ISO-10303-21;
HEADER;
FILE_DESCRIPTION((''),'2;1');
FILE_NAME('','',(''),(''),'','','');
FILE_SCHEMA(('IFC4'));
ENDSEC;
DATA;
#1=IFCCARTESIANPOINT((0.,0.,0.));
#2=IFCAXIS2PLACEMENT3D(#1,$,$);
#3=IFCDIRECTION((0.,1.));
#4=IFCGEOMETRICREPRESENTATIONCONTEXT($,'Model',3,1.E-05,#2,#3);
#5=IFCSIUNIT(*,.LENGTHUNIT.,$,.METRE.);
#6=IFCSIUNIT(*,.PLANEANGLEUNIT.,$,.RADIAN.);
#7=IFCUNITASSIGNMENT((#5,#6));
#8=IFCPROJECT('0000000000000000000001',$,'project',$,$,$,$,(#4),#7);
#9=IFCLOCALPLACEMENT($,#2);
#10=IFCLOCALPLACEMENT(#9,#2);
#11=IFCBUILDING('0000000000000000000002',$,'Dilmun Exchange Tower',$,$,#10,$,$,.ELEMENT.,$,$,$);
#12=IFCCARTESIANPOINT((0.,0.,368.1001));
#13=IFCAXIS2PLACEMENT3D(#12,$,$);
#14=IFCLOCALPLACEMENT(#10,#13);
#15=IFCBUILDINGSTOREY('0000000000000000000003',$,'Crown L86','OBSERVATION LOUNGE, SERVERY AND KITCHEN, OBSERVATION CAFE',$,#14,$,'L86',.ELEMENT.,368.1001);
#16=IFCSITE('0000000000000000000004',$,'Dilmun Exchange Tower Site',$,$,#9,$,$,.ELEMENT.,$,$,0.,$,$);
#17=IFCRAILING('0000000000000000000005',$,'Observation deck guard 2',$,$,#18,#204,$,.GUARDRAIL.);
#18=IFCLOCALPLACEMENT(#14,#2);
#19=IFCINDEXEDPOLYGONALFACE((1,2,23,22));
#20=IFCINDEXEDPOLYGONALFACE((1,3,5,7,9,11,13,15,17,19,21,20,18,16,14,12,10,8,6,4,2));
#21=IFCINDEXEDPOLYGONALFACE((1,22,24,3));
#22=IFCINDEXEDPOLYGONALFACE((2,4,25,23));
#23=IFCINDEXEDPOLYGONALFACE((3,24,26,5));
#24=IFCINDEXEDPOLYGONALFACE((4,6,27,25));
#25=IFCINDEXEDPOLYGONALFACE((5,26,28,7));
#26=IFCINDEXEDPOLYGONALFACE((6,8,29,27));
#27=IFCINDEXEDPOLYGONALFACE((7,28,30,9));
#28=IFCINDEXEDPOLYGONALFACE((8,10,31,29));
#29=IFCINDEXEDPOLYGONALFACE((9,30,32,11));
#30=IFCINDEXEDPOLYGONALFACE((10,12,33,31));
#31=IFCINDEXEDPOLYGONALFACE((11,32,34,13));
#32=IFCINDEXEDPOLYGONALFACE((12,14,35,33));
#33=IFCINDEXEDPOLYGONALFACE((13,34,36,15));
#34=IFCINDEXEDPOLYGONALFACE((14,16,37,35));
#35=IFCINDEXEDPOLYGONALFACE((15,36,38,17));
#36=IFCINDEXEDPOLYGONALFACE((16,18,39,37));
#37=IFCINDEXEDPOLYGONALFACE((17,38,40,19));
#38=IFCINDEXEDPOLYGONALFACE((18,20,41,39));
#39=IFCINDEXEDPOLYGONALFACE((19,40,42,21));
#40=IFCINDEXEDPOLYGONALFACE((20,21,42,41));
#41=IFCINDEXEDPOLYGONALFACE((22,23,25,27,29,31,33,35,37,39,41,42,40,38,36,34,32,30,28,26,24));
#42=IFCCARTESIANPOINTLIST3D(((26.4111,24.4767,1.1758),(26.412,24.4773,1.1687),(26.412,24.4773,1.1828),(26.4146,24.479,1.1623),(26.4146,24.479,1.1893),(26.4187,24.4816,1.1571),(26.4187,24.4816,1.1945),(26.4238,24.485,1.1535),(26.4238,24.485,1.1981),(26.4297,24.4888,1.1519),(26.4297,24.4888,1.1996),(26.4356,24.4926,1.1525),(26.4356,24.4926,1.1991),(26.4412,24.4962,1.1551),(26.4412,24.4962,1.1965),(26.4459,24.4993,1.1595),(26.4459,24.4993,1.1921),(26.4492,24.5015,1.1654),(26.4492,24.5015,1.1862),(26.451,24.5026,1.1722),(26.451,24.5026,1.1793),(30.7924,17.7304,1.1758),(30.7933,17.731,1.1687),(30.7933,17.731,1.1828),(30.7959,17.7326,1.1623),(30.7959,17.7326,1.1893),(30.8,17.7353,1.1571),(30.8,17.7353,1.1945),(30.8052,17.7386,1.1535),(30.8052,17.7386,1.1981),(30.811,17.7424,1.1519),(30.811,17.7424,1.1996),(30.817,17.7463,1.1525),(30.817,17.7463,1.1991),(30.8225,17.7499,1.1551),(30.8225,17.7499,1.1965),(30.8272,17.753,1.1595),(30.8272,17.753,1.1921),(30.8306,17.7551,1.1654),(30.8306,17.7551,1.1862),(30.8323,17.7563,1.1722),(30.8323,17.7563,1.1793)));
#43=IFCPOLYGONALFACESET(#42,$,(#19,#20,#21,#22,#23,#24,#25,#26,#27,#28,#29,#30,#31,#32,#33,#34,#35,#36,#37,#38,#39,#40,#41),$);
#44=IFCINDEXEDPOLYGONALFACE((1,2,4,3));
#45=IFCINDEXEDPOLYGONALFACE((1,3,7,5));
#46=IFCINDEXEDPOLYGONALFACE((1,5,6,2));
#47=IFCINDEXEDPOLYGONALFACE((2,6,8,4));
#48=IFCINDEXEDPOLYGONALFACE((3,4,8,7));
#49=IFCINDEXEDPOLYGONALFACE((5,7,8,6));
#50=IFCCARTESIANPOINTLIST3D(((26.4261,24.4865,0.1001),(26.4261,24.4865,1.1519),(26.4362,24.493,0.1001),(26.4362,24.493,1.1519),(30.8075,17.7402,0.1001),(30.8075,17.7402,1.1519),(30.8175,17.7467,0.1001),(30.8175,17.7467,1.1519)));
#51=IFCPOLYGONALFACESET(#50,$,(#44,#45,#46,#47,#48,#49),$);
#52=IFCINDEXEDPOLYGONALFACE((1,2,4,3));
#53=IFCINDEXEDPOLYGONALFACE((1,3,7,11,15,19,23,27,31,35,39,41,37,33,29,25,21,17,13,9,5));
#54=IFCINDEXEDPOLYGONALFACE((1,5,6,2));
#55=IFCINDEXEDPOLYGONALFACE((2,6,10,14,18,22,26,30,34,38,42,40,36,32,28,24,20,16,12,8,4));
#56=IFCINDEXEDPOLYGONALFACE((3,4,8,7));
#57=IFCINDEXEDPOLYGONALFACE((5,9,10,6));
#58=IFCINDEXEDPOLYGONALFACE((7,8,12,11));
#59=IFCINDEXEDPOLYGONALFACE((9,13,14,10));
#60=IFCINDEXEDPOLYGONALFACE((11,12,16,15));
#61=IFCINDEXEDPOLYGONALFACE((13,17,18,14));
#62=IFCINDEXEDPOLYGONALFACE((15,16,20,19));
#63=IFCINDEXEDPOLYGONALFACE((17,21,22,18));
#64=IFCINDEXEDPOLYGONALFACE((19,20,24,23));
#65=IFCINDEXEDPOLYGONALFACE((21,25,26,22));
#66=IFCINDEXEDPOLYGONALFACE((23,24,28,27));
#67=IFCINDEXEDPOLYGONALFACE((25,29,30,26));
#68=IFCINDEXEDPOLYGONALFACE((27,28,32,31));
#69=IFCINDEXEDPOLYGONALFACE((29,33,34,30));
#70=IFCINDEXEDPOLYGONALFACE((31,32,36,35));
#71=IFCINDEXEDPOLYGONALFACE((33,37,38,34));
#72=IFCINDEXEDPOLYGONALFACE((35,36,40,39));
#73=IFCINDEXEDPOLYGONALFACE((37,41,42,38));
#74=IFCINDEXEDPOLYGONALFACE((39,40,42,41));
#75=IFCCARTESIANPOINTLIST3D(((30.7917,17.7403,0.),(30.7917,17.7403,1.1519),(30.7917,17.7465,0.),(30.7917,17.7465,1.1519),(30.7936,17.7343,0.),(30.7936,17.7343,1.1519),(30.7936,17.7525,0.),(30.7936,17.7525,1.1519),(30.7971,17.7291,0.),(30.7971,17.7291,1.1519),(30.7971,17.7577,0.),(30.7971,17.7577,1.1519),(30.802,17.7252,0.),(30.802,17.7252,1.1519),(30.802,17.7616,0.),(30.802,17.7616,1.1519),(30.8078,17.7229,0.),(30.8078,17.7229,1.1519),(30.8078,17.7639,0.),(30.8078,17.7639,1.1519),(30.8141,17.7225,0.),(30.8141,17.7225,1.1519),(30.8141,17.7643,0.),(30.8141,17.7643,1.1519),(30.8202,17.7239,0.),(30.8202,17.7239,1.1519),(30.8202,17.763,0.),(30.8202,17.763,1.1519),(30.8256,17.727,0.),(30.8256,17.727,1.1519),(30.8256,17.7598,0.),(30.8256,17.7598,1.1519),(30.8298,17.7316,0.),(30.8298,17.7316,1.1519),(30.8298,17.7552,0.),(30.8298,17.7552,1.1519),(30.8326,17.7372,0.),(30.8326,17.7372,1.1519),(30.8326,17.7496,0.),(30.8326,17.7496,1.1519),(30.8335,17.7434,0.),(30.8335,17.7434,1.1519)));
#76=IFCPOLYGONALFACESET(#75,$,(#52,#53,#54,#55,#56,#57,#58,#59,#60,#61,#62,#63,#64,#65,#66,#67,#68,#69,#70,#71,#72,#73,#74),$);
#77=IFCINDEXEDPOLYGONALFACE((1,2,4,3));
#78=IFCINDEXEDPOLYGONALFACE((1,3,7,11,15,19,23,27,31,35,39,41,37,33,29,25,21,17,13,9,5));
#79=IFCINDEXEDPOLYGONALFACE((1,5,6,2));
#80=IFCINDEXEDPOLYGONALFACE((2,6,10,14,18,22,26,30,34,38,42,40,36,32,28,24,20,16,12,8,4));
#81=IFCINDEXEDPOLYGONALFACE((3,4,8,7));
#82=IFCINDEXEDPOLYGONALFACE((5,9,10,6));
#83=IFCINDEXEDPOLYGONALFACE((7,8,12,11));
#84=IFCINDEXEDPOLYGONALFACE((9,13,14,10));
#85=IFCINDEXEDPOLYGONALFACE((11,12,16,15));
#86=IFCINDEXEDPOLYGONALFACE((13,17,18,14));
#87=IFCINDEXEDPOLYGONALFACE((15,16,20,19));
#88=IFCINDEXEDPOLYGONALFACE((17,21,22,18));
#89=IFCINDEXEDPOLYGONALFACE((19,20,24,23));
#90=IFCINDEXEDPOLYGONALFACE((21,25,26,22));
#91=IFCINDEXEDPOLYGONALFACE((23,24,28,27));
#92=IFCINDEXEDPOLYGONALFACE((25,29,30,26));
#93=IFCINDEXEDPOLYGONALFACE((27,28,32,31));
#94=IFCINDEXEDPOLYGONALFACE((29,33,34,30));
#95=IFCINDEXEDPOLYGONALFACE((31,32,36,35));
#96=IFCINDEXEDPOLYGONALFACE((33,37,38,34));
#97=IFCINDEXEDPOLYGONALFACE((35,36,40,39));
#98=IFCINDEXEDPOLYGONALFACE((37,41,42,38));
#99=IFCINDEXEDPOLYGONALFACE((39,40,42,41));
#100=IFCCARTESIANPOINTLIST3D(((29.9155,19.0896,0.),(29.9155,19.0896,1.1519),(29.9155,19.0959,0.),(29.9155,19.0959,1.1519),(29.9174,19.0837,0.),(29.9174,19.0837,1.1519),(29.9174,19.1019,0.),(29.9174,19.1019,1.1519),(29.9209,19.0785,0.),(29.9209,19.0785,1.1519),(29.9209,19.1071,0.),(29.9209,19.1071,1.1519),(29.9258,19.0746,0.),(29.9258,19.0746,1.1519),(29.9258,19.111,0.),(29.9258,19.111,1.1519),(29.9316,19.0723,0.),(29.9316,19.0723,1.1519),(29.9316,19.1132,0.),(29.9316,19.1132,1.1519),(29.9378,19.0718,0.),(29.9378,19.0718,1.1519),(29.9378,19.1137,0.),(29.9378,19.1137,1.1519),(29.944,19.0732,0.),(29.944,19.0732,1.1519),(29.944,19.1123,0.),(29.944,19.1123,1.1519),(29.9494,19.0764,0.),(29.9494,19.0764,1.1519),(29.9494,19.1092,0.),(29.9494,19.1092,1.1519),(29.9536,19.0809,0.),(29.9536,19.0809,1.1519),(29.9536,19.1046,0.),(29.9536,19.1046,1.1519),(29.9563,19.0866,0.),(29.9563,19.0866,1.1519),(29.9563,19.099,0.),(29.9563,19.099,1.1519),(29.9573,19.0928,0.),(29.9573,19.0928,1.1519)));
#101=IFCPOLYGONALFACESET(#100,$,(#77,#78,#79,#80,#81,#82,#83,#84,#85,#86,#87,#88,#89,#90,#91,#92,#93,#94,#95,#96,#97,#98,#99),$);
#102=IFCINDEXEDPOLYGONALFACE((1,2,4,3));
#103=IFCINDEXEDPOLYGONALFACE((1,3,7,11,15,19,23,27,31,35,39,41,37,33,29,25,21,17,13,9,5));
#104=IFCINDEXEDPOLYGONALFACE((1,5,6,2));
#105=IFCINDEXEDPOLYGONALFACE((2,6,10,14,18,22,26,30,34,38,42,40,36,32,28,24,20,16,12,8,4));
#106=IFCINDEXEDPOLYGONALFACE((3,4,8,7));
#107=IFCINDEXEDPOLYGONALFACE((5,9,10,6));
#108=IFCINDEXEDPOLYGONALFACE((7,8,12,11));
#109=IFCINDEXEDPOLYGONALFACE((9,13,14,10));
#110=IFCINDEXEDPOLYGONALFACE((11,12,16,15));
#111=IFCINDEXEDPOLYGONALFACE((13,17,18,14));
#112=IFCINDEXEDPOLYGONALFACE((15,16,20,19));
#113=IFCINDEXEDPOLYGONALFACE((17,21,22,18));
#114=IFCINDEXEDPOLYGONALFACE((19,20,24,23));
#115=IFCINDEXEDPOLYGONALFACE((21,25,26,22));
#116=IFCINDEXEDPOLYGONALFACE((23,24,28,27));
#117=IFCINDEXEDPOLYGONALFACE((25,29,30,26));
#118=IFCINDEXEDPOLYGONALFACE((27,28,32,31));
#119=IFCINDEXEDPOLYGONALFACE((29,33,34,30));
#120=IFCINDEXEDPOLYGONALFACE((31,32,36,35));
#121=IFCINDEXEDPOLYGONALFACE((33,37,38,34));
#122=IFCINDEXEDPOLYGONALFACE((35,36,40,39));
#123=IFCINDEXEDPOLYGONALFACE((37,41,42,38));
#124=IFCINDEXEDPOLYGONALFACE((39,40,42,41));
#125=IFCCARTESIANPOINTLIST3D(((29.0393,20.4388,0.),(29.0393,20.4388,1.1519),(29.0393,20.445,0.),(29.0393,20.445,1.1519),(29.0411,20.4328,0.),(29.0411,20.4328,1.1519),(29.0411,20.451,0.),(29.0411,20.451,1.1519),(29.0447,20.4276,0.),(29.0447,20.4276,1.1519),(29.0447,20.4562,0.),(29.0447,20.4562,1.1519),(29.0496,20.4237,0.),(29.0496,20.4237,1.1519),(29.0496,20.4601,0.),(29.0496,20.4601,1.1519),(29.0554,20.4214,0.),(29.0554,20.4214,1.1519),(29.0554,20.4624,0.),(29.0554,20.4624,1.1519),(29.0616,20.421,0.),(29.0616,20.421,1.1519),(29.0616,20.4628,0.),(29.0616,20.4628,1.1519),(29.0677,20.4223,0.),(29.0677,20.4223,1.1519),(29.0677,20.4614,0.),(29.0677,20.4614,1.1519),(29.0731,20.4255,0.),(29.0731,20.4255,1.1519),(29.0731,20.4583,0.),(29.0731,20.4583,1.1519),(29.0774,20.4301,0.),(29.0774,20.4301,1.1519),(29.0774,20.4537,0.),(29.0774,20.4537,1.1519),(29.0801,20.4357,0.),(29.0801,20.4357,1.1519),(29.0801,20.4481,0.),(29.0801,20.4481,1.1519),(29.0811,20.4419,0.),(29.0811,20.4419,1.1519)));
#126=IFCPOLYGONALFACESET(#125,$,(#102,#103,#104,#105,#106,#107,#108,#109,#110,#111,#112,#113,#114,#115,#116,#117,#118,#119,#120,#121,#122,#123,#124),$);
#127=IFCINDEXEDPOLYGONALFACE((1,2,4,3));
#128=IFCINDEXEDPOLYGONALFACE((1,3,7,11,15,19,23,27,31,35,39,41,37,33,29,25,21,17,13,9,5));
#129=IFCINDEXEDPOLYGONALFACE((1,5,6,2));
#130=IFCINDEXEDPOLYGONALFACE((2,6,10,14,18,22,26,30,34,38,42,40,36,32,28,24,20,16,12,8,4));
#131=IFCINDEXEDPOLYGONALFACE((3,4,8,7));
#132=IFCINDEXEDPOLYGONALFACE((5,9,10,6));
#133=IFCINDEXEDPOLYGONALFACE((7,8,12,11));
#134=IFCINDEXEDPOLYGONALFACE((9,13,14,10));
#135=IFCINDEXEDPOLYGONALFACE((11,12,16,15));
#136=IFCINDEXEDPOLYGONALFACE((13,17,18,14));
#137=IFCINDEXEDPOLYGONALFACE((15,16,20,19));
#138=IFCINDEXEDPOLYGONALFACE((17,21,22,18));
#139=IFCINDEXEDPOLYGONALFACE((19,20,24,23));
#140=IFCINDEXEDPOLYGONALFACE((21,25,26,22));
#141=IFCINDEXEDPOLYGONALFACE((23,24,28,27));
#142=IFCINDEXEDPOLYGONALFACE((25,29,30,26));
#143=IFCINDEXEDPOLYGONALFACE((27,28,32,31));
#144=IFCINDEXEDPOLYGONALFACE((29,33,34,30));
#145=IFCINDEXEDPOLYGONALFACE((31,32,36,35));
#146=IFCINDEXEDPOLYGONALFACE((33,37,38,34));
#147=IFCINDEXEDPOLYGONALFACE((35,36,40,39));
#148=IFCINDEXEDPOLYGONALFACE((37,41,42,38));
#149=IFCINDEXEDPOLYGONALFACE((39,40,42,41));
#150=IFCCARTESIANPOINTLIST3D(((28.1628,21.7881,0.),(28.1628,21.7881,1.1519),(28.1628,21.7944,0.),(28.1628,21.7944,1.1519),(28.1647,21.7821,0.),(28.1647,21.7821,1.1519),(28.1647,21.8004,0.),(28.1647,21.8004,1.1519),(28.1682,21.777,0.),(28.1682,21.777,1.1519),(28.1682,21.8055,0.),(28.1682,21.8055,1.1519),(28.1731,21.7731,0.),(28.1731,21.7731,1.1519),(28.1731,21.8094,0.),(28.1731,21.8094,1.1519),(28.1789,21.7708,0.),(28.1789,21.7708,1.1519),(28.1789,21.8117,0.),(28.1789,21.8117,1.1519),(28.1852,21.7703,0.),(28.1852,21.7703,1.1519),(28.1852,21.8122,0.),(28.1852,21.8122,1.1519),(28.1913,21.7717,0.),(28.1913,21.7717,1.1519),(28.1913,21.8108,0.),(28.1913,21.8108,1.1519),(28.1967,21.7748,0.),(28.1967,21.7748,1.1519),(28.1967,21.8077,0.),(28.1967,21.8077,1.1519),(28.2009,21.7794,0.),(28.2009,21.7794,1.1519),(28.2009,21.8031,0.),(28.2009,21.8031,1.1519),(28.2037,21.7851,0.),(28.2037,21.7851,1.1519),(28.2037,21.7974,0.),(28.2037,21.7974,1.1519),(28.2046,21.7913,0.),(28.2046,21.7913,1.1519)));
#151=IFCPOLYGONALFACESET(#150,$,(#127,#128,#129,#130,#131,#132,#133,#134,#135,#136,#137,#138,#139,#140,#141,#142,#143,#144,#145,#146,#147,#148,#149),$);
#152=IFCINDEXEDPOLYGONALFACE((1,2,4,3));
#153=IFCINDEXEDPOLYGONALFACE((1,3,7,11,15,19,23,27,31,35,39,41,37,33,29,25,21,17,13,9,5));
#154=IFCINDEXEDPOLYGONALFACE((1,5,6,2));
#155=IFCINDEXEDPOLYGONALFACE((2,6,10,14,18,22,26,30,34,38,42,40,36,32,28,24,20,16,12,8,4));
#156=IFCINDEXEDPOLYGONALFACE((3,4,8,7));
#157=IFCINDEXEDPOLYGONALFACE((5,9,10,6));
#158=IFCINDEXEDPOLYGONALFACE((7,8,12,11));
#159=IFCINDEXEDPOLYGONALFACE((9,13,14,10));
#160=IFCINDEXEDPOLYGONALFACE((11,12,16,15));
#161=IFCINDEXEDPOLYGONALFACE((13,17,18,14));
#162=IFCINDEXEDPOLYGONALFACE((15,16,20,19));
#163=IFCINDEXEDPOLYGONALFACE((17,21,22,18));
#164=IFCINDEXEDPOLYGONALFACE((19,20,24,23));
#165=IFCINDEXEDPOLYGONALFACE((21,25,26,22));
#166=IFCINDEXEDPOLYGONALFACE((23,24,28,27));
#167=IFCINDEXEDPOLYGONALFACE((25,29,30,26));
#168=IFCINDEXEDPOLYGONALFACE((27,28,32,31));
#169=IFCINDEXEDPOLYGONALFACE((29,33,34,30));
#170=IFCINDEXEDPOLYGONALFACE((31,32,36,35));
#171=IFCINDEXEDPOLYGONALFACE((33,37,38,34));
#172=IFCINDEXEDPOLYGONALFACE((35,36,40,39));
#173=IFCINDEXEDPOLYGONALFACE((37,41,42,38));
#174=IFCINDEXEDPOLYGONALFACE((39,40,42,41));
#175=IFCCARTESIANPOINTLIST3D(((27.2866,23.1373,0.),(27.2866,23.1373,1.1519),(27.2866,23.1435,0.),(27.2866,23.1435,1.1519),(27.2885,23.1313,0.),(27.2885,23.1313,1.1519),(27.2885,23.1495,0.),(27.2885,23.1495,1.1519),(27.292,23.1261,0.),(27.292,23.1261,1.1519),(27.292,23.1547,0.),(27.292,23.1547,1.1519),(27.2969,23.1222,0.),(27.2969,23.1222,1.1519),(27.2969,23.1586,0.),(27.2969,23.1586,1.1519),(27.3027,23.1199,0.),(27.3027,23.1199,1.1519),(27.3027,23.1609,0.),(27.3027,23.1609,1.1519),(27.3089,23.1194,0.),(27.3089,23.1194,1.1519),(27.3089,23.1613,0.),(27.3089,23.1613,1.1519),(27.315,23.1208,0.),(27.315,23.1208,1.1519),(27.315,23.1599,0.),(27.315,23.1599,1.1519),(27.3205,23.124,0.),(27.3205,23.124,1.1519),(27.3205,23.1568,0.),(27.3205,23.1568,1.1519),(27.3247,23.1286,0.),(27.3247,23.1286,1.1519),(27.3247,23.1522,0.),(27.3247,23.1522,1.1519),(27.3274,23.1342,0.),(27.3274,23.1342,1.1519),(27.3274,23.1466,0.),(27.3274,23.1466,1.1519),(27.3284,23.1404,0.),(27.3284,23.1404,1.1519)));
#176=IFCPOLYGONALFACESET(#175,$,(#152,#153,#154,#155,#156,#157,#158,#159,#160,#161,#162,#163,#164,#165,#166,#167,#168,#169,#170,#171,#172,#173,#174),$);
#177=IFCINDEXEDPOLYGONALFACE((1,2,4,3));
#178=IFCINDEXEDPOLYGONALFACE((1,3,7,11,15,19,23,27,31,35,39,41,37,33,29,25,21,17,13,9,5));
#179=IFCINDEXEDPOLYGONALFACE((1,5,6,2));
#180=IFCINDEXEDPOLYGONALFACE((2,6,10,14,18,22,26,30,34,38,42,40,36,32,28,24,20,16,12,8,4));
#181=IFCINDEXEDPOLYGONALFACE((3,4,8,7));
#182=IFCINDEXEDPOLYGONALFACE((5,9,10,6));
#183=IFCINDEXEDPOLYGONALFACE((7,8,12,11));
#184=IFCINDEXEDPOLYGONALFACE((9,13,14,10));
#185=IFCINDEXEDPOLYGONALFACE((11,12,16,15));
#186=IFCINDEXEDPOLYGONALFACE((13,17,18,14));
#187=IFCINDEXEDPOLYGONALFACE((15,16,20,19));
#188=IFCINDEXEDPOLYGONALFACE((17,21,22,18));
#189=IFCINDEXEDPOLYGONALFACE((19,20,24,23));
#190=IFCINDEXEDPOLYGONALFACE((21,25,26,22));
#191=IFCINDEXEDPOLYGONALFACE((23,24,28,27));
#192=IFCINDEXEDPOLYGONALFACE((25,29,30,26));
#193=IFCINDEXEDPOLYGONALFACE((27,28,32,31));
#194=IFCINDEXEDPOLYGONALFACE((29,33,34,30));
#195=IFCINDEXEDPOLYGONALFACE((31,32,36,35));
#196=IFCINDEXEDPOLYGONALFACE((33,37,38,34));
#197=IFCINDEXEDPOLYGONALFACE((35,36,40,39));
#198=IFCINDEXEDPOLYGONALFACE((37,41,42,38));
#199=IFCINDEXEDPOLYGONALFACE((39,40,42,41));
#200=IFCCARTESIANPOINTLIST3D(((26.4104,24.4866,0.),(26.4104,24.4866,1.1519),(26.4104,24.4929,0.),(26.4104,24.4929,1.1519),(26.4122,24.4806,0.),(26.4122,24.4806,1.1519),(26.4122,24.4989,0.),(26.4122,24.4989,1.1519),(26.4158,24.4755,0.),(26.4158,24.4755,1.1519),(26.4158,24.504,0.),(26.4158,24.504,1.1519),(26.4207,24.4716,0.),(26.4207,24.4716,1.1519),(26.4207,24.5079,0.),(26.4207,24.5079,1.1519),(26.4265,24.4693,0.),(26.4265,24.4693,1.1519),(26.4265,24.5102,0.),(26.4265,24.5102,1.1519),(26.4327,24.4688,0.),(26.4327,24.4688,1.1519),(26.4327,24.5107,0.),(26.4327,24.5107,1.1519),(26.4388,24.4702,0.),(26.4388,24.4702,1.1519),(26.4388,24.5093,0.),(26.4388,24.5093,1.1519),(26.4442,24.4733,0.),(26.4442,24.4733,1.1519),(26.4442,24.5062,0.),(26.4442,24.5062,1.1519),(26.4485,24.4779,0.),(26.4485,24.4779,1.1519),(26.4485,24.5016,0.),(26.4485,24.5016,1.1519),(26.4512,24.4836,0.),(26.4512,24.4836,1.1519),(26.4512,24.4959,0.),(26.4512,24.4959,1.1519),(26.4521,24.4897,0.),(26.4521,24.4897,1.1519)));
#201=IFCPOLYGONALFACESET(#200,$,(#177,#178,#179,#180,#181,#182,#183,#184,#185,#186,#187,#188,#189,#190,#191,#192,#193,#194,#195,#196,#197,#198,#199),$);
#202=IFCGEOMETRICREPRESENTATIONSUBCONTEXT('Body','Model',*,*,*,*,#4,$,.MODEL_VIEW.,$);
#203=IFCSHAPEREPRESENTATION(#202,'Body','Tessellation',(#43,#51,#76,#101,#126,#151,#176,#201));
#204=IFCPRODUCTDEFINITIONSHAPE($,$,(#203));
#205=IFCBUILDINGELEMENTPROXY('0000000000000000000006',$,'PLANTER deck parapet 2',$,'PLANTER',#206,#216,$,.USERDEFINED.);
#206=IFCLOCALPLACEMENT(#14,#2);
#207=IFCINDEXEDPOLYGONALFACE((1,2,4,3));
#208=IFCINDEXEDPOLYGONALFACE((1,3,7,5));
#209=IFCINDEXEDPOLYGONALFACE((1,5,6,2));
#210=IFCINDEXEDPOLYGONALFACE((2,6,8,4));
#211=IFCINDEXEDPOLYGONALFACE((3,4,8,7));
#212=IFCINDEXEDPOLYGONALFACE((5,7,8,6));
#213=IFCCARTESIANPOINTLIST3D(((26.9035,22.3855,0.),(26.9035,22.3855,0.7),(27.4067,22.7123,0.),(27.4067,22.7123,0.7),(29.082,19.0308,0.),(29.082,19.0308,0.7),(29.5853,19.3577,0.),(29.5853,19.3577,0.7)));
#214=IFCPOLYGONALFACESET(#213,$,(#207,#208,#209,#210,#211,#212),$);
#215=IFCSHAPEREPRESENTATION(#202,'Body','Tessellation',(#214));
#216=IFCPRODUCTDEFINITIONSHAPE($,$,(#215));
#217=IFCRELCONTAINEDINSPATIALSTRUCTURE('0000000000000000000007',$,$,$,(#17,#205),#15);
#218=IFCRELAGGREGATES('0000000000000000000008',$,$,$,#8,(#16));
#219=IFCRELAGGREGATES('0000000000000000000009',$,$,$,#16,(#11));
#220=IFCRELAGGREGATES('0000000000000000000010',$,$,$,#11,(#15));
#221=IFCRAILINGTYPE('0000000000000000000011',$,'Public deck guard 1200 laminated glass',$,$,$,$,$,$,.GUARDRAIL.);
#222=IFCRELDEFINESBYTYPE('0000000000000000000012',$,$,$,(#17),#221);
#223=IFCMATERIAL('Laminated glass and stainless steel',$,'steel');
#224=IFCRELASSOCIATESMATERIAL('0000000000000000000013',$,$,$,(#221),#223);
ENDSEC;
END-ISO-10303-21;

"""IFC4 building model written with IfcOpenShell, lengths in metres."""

from ifc_helpers import new_model, si_unit, direction, frame, origin, origin_2d, place, context, subcontext, project, spatial, rectangle, circle, extrude, material, type_object, element, save


model = new_model("IFC4")

# Units and contexts
model_context = context("Model", 3, precision=1e-05, world=origin(), true_north=direction((0.0, 1.0)))
body_context = subcontext(model_context, "Body", "Model", "MODEL_VIEW")
ifc_project = project(units=[si_unit("LENGTHUNIT", "METRE"), si_unit("PLANEANGLEUNIT", "RADIAN")], contexts=[model_context])

# Site, building, storey
site_placement = place(None, origin())
site = spatial("IfcSite", under=ifc_project, at=site_placement, Name="Dilmun Exchange Tower Site", CompositionType="ELEMENT", RefElevation=0.0)
building_placement = place(site_placement, origin())
building = spatial("IfcBuilding", under=site, at=building_placement, Name="Dilmun Exchange Tower", CompositionType="ELEMENT")
storey_placement = place(building_placement, frame((0.0, 0.0, 368.1001)))
storey = spatial("IfcBuildingStorey", under=building, at=storey_placement, Name="Crown L86", Description="OBSERVATION LOUNGE, SERVERY AND KITCHEN, OBSERVATION CAFE", LongName="L86", CompositionType="ELEMENT", Elevation=368.1001)

# Railing
ifc_material_1 = material(Name="Laminated glass and stainless steel", Category="steel")
railing_type = type_object("IfcRailingType", Name="Public deck guard 1200 laminated glass", PredefinedType="GUARDRAIL", material=ifc_material_1)
railing_1_placement = place(storey_placement, frame((30.8125, 17.7434, 0.0)))
element("IfcRailing", 1, at=railing_1_placement, inside=storey, type_object=railing_type, Name="Observation deck guard 2", PredefinedType="GUARDRAIL", context=body_context, shape_type="SweptSolid", body=[
    extrude(circle(Radius=0.0239, at=origin_2d()), frame((0.0, 0.0, 1.1758), z_axis=(-0.544659, 0.838658, 0.0), x_axis=(-0.838658, -0.544659, 0.0)), (0.0, 0.0, 1.0), 8.0442),
    extrude(rectangle(XDim=0.012, YDim=1.0518, at=origin_2d()), frame((0.0, 0.0, 0.626), z_axis=(-0.544659, 0.838658, 0.0), x_axis=(-0.838658, -0.544659, 0.0)), (0.0, 0.0, 1.0), 8.0442),
    extrude(circle(Radius=0.021, at=origin_2d()), origin(), (0.0, 0.0, 1.0), 1.1519),
    extrude(circle(Radius=0.021, at=origin_2d()), frame((-0.8762, 1.3494, 0.0)), (0.0, 0.0, 1.0), 1.1519),
    extrude(circle(Radius=0.021, at=origin_2d()), frame((-1.7524, 2.6985, 0.0)), (0.0, 0.0, 1.0), 1.1519),
    extrude(circle(Radius=0.021, at=origin_2d()), frame((-2.6289, 4.0479, 0.0)), (0.0, 0.0, 1.0), 1.1519),
    extrude(circle(Radius=0.021, at=origin_2d()), frame((-3.5051, 5.397, 0.0)), (0.0, 0.0, 1.0), 1.1519),
    extrude(circle(Radius=0.021, at=origin_2d()), frame((-4.3813, 6.7463, 0.0)), (0.0, 0.0, 1.0), 1.1519),
])

# Building element proxy
proxy_placement = place(storey_placement, frame((28.2444, 20.8716, 0.0), z_axis=(0.0, 0.0, 1.0), x_axis=(-0.544639, 0.838671, 0.0)))
element("IfcBuildingElementProxy", 2, at=proxy_placement, inside=storey, Name="PLANTER deck parapet 2", ObjectType="PLANTER", PredefinedType="USERDEFINED", context=body_context, shape_type="SweptSolid", body=[
    extrude(rectangle(XDim=4.0, YDim=0.6001, at=origin_2d()), origin(), (0.0, 0.0, 1.0), 0.7),
])

save(model, "model.ifc")
